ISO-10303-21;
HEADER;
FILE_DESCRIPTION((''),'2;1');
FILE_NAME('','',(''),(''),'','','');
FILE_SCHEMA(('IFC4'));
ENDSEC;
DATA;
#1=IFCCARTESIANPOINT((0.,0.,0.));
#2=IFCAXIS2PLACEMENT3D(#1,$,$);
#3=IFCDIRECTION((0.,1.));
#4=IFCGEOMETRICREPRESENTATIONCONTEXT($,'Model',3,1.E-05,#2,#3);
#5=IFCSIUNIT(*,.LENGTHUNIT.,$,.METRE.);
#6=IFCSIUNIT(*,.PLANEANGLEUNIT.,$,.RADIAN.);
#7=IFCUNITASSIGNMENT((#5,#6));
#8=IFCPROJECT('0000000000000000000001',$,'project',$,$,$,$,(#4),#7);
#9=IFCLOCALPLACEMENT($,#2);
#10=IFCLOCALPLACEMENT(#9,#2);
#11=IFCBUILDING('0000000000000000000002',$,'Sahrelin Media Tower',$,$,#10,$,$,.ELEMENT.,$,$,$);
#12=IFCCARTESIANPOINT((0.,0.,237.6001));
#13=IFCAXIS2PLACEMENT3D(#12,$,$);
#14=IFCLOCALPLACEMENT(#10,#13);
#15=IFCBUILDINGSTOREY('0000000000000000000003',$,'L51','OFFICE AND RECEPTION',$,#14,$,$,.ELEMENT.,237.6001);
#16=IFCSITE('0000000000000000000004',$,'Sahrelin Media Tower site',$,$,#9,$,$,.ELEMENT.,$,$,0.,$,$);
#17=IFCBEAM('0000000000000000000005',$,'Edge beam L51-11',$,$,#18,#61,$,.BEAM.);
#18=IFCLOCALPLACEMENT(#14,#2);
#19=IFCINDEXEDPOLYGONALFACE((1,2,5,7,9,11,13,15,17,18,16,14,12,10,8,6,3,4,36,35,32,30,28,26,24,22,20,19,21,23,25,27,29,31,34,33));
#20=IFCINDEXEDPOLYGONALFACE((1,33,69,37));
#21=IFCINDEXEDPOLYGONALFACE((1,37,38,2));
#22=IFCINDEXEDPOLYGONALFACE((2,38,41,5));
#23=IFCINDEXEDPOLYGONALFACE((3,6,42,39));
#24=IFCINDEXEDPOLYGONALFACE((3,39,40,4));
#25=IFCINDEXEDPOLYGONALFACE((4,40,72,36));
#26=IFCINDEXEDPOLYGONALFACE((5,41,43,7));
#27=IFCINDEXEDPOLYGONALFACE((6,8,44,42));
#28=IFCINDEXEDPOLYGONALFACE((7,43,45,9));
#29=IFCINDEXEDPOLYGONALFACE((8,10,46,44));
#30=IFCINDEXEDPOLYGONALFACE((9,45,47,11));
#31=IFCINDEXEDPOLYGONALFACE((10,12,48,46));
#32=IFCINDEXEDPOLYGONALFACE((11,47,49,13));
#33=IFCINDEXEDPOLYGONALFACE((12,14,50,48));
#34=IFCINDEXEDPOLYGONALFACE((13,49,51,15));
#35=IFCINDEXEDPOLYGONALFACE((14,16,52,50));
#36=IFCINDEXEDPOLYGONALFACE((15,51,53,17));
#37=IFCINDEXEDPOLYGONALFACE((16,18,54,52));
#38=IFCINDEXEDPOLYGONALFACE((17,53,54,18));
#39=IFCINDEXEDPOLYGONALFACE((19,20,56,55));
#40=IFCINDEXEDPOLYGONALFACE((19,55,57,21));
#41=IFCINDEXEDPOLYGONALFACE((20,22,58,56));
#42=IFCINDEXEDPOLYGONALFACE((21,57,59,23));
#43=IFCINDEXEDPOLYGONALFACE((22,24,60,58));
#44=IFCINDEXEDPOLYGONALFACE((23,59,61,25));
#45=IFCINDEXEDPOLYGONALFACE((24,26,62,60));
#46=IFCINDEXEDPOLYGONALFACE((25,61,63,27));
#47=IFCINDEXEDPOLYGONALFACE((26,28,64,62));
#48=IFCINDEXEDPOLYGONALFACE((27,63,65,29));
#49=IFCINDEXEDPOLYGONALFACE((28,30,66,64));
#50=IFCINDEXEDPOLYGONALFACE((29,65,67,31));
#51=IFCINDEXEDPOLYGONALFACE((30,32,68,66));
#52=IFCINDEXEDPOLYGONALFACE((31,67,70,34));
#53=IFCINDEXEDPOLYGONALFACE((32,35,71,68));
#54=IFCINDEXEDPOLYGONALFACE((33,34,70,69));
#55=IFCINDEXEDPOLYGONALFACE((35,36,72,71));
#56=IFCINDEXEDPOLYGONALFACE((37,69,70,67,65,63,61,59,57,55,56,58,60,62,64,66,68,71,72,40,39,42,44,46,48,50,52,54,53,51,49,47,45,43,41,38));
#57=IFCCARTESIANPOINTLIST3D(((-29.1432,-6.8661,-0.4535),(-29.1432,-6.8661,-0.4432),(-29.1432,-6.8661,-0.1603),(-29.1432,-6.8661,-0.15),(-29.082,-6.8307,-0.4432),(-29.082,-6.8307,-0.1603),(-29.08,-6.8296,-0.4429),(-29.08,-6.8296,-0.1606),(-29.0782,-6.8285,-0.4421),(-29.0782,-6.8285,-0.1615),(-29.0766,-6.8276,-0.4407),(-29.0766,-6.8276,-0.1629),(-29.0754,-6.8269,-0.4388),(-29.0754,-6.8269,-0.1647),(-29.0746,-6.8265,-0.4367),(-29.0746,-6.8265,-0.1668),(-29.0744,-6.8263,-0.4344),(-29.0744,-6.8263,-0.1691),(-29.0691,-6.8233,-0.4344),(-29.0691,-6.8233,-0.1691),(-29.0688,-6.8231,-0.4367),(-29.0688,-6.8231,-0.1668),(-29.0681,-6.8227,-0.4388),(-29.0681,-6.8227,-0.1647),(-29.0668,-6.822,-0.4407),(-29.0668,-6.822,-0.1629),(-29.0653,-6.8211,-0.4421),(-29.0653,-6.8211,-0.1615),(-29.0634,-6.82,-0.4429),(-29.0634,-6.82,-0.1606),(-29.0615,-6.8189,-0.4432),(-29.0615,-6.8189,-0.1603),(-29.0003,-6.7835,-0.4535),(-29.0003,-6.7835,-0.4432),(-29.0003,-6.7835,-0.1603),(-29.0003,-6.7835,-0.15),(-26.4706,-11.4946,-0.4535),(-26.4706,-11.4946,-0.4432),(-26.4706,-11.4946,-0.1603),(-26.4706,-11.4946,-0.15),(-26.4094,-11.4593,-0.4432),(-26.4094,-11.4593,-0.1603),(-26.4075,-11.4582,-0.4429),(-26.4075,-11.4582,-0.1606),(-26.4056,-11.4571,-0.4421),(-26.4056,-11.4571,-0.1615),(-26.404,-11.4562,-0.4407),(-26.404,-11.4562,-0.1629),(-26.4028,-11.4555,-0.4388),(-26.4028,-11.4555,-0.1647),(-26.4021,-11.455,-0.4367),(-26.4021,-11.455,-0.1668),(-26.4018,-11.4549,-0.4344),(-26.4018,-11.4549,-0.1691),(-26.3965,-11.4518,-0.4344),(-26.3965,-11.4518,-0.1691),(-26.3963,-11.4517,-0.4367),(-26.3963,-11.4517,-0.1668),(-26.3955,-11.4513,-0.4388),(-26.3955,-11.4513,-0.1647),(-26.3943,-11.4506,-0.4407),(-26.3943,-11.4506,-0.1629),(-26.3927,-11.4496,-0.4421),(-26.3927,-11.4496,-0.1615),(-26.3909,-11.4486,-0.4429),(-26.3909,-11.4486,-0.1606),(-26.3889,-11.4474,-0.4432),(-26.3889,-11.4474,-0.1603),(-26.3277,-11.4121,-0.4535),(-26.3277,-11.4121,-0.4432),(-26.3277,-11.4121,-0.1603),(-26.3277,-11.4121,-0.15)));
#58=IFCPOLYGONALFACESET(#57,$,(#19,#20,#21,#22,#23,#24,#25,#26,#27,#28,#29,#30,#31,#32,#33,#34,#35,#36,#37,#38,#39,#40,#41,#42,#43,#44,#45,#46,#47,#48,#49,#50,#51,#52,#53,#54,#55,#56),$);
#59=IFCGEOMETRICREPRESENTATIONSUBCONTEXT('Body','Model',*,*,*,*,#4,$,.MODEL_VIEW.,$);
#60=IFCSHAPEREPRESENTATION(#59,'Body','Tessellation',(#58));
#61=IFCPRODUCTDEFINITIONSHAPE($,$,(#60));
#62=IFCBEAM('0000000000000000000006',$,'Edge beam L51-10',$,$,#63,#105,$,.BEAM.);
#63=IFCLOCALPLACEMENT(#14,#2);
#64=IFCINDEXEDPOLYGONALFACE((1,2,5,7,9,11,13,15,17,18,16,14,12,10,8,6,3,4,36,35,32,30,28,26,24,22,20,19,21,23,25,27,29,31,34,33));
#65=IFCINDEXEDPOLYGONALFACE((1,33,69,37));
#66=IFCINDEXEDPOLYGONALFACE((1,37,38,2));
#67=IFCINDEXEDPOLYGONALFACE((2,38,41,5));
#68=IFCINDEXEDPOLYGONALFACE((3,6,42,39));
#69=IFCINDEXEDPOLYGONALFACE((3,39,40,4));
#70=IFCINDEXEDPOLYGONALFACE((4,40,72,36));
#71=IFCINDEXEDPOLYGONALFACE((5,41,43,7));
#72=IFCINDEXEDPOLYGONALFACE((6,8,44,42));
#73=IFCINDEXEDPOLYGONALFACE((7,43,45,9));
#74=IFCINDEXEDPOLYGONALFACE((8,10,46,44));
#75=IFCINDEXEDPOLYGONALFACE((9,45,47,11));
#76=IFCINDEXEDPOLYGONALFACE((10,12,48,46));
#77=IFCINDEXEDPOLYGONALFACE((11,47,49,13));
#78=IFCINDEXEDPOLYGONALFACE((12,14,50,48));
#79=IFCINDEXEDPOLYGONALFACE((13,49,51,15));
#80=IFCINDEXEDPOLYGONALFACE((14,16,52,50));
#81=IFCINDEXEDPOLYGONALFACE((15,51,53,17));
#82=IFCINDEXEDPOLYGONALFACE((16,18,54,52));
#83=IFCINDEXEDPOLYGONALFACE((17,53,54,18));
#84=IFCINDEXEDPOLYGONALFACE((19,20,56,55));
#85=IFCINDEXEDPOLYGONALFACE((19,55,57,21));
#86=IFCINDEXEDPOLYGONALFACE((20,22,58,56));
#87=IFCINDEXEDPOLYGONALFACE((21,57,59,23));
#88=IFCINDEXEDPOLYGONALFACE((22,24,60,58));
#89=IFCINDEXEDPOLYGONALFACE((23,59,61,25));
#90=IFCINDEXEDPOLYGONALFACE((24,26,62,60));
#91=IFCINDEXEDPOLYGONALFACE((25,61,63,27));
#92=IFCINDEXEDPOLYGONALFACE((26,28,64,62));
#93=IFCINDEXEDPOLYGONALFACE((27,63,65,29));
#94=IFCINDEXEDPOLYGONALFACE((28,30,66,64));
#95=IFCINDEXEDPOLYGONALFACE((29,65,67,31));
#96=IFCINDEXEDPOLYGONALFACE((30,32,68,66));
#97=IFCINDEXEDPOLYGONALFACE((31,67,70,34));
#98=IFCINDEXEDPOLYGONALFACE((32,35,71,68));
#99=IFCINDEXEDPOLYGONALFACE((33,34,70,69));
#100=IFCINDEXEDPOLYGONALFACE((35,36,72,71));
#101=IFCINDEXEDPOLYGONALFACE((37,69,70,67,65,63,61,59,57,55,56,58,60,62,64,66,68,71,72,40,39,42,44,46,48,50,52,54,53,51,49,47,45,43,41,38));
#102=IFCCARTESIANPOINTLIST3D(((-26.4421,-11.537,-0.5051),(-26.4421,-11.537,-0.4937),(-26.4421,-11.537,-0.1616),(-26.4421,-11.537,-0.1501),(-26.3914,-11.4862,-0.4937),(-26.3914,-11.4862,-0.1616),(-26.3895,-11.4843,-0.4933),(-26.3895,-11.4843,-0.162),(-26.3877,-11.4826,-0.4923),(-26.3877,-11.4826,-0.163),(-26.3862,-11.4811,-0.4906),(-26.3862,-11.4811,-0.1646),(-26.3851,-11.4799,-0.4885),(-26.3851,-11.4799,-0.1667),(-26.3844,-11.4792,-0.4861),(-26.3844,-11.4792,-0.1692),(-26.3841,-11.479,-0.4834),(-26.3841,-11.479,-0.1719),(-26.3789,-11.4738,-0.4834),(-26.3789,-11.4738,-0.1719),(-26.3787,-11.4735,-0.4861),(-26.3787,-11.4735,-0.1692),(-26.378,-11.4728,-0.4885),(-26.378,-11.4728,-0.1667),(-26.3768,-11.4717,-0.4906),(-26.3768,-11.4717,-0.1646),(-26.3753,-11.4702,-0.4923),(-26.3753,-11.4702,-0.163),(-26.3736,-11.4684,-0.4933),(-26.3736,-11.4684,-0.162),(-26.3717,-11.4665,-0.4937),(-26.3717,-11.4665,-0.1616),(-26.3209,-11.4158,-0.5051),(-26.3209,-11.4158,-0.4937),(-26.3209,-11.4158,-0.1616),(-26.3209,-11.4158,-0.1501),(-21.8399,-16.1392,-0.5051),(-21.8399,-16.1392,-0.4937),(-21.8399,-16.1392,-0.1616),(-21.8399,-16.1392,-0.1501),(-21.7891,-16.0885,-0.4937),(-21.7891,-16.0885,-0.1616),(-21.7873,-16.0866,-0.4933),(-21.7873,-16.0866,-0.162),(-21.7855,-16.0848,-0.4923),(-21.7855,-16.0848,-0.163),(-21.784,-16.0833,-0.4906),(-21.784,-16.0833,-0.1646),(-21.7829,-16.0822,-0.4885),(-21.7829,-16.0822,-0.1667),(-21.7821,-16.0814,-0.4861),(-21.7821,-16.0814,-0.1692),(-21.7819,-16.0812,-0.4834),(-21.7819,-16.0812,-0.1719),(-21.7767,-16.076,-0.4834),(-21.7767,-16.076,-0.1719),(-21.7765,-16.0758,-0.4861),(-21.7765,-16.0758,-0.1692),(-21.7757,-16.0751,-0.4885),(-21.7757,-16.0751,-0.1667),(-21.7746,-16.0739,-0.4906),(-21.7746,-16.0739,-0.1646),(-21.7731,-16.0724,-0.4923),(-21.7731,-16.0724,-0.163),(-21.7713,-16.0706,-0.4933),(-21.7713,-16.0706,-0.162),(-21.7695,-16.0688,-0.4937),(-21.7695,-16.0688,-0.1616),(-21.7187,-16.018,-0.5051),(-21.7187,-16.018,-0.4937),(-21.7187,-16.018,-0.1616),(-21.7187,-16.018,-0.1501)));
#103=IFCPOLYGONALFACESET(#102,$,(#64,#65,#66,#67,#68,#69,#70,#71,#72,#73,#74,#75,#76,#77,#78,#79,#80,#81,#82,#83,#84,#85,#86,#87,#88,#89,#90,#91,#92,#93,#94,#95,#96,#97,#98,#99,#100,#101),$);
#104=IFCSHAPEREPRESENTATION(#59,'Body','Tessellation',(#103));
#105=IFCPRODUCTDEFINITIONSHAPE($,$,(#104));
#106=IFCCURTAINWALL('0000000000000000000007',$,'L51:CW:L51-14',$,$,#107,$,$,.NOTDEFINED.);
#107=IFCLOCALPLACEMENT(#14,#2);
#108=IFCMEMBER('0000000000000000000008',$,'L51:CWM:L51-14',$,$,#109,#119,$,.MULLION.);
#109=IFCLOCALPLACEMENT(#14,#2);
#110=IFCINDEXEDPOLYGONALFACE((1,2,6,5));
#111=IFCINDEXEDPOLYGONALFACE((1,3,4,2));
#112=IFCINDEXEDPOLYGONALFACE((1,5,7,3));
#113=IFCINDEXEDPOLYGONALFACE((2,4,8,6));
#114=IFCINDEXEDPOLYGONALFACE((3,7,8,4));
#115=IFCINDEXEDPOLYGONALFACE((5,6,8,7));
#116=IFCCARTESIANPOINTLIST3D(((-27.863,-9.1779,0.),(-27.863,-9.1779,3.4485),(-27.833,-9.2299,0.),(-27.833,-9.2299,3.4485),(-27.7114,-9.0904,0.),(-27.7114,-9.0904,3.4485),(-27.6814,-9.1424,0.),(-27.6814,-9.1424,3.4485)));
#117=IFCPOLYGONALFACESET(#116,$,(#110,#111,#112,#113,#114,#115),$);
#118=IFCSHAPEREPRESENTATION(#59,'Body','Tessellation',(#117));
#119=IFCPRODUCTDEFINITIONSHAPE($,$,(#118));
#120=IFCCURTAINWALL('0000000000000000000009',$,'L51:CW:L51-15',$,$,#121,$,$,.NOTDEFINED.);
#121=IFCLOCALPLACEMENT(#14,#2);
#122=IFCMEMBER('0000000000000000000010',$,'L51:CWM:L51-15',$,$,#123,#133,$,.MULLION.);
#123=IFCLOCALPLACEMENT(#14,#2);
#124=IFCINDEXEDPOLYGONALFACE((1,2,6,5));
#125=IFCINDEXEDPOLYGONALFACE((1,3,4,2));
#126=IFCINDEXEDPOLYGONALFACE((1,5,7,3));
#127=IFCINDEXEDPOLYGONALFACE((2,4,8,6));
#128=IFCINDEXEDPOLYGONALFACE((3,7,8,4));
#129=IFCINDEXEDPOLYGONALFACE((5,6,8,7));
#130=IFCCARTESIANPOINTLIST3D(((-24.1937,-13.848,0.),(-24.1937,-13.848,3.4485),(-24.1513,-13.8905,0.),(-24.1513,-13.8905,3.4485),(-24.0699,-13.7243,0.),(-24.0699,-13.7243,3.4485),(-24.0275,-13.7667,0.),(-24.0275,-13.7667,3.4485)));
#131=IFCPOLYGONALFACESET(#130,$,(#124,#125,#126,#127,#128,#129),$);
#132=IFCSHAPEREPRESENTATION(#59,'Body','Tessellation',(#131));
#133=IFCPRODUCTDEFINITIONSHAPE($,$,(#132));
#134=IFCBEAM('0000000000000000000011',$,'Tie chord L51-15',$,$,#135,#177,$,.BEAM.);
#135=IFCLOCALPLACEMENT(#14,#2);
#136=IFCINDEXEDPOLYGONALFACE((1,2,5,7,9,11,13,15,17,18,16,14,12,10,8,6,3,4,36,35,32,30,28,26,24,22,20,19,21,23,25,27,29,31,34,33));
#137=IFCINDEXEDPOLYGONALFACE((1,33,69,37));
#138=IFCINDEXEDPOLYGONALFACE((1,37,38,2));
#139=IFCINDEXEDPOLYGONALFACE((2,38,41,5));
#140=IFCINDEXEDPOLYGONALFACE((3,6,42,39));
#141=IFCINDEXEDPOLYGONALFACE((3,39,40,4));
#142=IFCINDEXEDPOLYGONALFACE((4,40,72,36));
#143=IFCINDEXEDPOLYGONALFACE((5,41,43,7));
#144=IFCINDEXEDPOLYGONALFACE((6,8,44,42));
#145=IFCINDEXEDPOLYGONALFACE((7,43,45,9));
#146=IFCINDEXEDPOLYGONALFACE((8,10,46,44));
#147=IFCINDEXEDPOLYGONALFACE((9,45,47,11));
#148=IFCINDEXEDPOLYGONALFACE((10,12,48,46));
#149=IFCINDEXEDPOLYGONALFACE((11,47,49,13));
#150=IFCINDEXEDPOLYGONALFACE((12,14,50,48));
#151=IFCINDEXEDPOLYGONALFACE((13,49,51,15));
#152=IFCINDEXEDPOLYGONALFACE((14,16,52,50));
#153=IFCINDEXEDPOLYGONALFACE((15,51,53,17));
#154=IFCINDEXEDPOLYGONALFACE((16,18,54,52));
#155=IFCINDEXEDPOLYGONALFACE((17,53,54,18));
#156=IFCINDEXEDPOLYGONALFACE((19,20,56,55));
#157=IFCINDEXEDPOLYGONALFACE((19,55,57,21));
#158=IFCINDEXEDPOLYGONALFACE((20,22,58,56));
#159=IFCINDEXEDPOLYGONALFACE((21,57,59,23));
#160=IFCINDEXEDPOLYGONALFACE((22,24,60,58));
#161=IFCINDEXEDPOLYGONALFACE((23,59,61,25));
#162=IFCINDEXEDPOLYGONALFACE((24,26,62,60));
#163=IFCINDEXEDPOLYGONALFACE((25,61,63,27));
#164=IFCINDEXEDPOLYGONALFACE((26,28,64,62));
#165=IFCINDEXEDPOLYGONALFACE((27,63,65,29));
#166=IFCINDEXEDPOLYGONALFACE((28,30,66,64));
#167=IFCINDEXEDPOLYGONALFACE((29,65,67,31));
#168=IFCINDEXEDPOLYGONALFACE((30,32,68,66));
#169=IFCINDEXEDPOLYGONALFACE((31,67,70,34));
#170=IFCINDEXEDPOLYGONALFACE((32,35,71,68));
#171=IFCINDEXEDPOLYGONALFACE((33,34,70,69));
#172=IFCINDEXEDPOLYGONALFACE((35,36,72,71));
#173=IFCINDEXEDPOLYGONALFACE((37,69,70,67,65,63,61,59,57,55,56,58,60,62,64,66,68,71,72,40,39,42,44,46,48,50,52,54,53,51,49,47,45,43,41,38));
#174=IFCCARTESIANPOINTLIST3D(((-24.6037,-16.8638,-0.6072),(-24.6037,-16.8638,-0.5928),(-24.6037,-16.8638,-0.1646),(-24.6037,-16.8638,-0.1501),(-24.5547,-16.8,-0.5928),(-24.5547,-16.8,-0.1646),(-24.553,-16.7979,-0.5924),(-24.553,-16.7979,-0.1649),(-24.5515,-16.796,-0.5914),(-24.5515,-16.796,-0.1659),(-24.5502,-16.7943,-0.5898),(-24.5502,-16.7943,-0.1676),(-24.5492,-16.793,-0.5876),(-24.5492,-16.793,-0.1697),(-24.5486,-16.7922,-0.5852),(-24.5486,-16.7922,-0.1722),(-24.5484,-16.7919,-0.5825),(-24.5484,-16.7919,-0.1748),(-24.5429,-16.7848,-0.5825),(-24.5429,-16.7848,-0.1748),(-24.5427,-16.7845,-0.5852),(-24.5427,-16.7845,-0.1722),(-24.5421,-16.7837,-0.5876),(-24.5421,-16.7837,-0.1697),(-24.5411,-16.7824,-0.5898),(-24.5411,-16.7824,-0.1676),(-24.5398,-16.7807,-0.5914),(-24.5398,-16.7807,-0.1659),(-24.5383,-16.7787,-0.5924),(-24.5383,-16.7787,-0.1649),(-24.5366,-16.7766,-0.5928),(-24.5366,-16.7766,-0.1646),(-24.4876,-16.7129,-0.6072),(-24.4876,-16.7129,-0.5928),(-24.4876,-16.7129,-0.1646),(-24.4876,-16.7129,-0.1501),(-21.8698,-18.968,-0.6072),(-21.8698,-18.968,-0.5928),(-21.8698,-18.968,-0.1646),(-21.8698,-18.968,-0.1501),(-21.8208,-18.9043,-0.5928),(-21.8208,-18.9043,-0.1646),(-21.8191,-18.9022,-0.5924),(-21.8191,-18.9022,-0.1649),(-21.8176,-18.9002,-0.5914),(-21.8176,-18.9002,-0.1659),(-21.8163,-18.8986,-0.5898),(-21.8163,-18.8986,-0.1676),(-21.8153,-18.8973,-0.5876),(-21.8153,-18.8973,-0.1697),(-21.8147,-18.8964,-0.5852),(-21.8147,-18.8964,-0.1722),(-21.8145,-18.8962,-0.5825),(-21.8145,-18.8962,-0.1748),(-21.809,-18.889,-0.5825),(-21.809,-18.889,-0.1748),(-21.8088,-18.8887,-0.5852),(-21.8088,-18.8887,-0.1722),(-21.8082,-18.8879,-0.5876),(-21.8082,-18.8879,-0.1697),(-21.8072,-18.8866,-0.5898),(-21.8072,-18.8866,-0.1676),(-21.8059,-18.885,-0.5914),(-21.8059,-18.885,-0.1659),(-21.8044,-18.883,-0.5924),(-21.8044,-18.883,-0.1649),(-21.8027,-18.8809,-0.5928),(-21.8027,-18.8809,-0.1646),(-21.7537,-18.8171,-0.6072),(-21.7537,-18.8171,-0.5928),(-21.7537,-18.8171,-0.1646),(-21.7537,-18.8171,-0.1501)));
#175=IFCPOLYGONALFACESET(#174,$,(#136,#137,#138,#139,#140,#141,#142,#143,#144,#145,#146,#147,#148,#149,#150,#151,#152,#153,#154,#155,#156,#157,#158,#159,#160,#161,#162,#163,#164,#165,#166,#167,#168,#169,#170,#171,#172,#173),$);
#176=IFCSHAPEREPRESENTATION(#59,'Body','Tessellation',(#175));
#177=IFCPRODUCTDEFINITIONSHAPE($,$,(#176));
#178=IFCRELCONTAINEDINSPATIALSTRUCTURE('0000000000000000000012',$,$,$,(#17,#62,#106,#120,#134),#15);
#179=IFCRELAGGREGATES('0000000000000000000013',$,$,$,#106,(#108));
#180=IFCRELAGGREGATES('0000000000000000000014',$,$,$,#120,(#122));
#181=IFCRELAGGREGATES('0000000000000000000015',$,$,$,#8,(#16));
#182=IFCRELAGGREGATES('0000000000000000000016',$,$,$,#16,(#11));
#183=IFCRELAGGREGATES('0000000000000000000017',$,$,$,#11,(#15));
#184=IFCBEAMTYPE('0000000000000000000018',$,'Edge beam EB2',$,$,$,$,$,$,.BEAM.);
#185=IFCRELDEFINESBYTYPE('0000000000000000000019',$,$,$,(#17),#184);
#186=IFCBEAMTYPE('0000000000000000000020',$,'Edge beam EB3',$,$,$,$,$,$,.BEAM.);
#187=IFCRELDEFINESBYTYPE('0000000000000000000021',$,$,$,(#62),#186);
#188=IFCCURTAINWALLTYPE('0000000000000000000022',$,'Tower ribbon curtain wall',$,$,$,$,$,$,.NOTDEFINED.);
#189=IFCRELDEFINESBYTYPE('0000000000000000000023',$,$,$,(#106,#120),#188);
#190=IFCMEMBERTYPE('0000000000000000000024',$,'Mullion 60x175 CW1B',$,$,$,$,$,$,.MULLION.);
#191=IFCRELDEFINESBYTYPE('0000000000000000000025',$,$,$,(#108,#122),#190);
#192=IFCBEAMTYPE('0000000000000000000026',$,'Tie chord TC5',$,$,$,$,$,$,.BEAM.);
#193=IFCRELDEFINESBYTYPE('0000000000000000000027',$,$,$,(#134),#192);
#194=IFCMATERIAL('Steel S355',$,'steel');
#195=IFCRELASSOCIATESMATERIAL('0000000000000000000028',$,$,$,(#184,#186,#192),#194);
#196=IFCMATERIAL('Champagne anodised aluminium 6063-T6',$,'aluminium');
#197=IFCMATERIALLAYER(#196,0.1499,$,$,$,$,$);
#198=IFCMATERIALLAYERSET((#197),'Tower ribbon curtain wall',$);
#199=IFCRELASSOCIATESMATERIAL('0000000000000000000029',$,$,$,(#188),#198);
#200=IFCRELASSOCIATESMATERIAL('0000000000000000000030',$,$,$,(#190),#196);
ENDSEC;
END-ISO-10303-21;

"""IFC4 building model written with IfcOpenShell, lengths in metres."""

from ifc_helpers import new_model, si_unit, direction, frame, origin, origin_2d, place, context, subcontext, project, spatial, rectangle, i_section, extrude, material, layer, layer_set, material_profile, profile_set, type_object, element, aggregate, save


model = new_model("IFC4")

# Units and contexts
model_context = context("Model", 3, precision=1e-05, world=origin(), true_north=direction((0.0, 1.0)))
body_context = subcontext(model_context, "Body", "Model", "MODEL_VIEW")
ifc_project = project(units=[si_unit("LENGTHUNIT", "METRE"), si_unit("PLANEANGLEUNIT", "RADIAN")], contexts=[model_context])

# Site, building, storey
site_placement = place(None, origin())
site = spatial("IfcSite", under=ifc_project, at=site_placement, Name="Sahrelin Media Tower site", CompositionType="ELEMENT", RefElevation=0.0)
building_placement = place(site_placement, origin())
building = spatial("IfcBuilding", under=site, at=building_placement, Name="Sahrelin Media Tower", CompositionType="ELEMENT")
storey_placement = place(building_placement, frame((0.0, 0.0, 237.6001)))
storey = spatial("IfcBuildingStorey", under=building, at=storey_placement, Name="L51", Description="OFFICE AND RECEPTION", CompositionType="ELEMENT", Elevation=237.6001)

# Beams
ifc_material_1 = material(Name="Steel S355", Category="steel")
ifc_material_profile_1 = material_profile(ifc_material_1, i_section(OverallWidth=0.165, OverallDepth=0.3035, WebThickness=0.0061, FlangeThickness=0.0103, FilletRadius=0.0088, at=origin_2d()), Name="UB 305x165x40")
ifc_profile_set_1 = profile_set([ifc_material_profile_1], Name="Steel S355")
beam_type_1 = type_object("IfcBeamType", Name="Edge beam EB2", PredefinedType="BEAM", material=ifc_profile_set_1)
beam_1_placement = place(storey_placement, frame((-26.3992, -11.4534, -0.3018), z_axis=(-0.500035, 0.866005, 0.0), x_axis=(-0.866005, -0.500035, 0.0)))
element("IfcBeam", 1, at=beam_1_placement, inside=storey, type_object=beam_type_1, Name="Edge beam L51-11", PredefinedType="BEAM", context=body_context, shape_type="SweptSolid", body=[
    extrude(i_section(OverallWidth=0.165, OverallDepth=0.3035, WebThickness=0.0061, FlangeThickness=0.0103, FilletRadius=0.0088, at=origin_2d()), origin(), (0.0, 0.0, 1.0), 5.3447),
])
ifc_material_profile_2 = material_profile(ifc_material_1, i_section(OverallWidth=0.1714, OverallDepth=0.355, WebThickness=0.0073, FlangeThickness=0.0115, FilletRadius=0.0103, at=origin_2d()), Name="UB 356x171x51")
ifc_profile_set_2 = profile_set([ifc_material_profile_2], Name="Steel S355")
beam_type_2 = type_object("IfcBeamType", Name="Edge beam EB3", PredefinedType="BEAM", material=ifc_profile_set_2)
beam_2_placement = place(storey_placement, frame((-21.7793, -16.0786, -0.3276), z_axis=(-0.707107, 0.707107, 0.0), x_axis=(-0.707107, -0.707107, 0.0)))
element("IfcBeam", 2, at=beam_2_placement, inside=storey, type_object=beam_type_2, Name="Edge beam L51-10", PredefinedType="BEAM", context=body_context, shape_type="SweptSolid", body=[
    extrude(i_section(OverallWidth=0.1714, OverallDepth=0.355, WebThickness=0.0073, FlangeThickness=0.0115, FilletRadius=0.0103, at=origin_2d()), origin(), (0.0, 0.0, 1.0), 6.5085),
])

# Curtain walls, members
ifc_material_2 = material(Name="Champagne anodised aluminium 6063-T6", Category="aluminium")
ifc_layer_1 = layer(ifc_material_2, 0.1499)
ifc_layer_set_1 = layer_set([ifc_layer_1], Name="Tower ribbon curtain wall")
curtain_wall_type = type_object("IfcCurtainWallType", Name="Tower ribbon curtain wall", PredefinedType="NOTDEFINED", material=ifc_layer_set_1)
curtain_wall_1_placement = place(storey_placement, frame((-27.8652, -9.2141, 0.0), z_axis=(0.0, 0.0, 1.0), x_axis=(1.0, 0.0, 0.0)))
curtain_wall_1 = element("IfcCurtainWall", 3, at=curtain_wall_1_placement, inside=storey, type_object=curtain_wall_type, Name="L51:CW:L51-14", PredefinedType="NOTDEFINED")
ifc_material_profile_3 = material_profile(ifc_material_2, rectangle(XDim=0.0601, YDim=0.175, at=origin_2d()), Name="Mullion 60x175")
ifc_profile_set_3 = profile_set([ifc_material_profile_3], Name="Champagne anodised aluminium 6063-T6")
member_type_1 = type_object("IfcMemberType", Name="Mullion 60x175 CW1B", PredefinedType="MULLION", material=ifc_profile_set_3)
member_1_placement = place(storey_placement, frame((-27.7722, -9.1602, 0.0), z_axis=(0.0, 0.0, 1.0), x_axis=(0.500009, -0.86602, 0.0)))
member_1 = element("IfcMember", 4, at=member_1_placement, type_object=member_type_1, Name="L51:CWM:L51-14", PredefinedType="MULLION", context=body_context, shape_type="SweptSolid", body=[
    extrude(rectangle(XDim=0.0601, YDim=0.175, at=origin_2d()), origin(), (0.0, 0.0, 1.0), 3.4485),
])
aggregate(curtain_wall_1, [member_1])
curtain_wall_2_placement = place(storey_placement, frame((-24.1865, -13.8833, 0.0), z_axis=(0.0, 0.0, 1.0), x_axis=(1.0, 0.0, 0.0)))
curtain_wall_2 = element("IfcCurtainWall", 5, at=curtain_wall_2_placement, inside=storey, type_object=curtain_wall_type, Name="L51:CW:L51-15", PredefinedType="NOTDEFINED")
member_2_placement = place(storey_placement, frame((-24.1106, -13.8074, 0.0), z_axis=(0.0, 0.0, 1.0), x_axis=(0.707107, -0.707107, 0.0)))
member_2 = element("IfcMember", 6, at=member_2_placement, type_object=member_type_1, Name="L51:CWM:L51-15", PredefinedType="MULLION", context=body_context, shape_type="SweptSolid", body=[
    extrude(rectangle(XDim=0.0601, YDim=0.175, at=origin_2d()), origin(), (0.0, 0.0, 1.0), 3.4485),
])

# Beam
ifc_material_profile_4 = material_profile(ifc_material_1, i_section(OverallWidth=0.1904, OverallDepth=0.457, WebThickness=0.009, FlangeThickness=0.0144, FilletRadius=0.0103, at=origin_2d()), Name="UB 457x191x74")
ifc_profile_set_4 = profile_set([ifc_material_profile_4], Name="Steel S355")
beam_type_3 = type_object("IfcBeamType", Name="Tie chord TC5", PredefinedType="BEAM", material=ifc_profile_set_4)
beam_3_placement = place(storey_placement, frame((-24.5457, -16.7883, -0.3787), z_axis=(0.792448, -0.60994, 0.0), x_axis=(0.60994, 0.792448, 0.0)))
element("IfcBeam", 7, at=beam_3_placement, inside=storey, type_object=beam_type_3, Name="Tie chord L51-15", PredefinedType="BEAM", context=body_context, shape_type="SweptSolid", body=[
    extrude(i_section(OverallWidth=0.1904, OverallDepth=0.457, WebThickness=0.009, FlangeThickness=0.0144, FilletRadius=0.0103, at=origin_2d()), origin(), (0.0, 0.0, 1.0), 3.45),
])

aggregate(curtain_wall_2, [member_2])

save(model, "model.ifc")
